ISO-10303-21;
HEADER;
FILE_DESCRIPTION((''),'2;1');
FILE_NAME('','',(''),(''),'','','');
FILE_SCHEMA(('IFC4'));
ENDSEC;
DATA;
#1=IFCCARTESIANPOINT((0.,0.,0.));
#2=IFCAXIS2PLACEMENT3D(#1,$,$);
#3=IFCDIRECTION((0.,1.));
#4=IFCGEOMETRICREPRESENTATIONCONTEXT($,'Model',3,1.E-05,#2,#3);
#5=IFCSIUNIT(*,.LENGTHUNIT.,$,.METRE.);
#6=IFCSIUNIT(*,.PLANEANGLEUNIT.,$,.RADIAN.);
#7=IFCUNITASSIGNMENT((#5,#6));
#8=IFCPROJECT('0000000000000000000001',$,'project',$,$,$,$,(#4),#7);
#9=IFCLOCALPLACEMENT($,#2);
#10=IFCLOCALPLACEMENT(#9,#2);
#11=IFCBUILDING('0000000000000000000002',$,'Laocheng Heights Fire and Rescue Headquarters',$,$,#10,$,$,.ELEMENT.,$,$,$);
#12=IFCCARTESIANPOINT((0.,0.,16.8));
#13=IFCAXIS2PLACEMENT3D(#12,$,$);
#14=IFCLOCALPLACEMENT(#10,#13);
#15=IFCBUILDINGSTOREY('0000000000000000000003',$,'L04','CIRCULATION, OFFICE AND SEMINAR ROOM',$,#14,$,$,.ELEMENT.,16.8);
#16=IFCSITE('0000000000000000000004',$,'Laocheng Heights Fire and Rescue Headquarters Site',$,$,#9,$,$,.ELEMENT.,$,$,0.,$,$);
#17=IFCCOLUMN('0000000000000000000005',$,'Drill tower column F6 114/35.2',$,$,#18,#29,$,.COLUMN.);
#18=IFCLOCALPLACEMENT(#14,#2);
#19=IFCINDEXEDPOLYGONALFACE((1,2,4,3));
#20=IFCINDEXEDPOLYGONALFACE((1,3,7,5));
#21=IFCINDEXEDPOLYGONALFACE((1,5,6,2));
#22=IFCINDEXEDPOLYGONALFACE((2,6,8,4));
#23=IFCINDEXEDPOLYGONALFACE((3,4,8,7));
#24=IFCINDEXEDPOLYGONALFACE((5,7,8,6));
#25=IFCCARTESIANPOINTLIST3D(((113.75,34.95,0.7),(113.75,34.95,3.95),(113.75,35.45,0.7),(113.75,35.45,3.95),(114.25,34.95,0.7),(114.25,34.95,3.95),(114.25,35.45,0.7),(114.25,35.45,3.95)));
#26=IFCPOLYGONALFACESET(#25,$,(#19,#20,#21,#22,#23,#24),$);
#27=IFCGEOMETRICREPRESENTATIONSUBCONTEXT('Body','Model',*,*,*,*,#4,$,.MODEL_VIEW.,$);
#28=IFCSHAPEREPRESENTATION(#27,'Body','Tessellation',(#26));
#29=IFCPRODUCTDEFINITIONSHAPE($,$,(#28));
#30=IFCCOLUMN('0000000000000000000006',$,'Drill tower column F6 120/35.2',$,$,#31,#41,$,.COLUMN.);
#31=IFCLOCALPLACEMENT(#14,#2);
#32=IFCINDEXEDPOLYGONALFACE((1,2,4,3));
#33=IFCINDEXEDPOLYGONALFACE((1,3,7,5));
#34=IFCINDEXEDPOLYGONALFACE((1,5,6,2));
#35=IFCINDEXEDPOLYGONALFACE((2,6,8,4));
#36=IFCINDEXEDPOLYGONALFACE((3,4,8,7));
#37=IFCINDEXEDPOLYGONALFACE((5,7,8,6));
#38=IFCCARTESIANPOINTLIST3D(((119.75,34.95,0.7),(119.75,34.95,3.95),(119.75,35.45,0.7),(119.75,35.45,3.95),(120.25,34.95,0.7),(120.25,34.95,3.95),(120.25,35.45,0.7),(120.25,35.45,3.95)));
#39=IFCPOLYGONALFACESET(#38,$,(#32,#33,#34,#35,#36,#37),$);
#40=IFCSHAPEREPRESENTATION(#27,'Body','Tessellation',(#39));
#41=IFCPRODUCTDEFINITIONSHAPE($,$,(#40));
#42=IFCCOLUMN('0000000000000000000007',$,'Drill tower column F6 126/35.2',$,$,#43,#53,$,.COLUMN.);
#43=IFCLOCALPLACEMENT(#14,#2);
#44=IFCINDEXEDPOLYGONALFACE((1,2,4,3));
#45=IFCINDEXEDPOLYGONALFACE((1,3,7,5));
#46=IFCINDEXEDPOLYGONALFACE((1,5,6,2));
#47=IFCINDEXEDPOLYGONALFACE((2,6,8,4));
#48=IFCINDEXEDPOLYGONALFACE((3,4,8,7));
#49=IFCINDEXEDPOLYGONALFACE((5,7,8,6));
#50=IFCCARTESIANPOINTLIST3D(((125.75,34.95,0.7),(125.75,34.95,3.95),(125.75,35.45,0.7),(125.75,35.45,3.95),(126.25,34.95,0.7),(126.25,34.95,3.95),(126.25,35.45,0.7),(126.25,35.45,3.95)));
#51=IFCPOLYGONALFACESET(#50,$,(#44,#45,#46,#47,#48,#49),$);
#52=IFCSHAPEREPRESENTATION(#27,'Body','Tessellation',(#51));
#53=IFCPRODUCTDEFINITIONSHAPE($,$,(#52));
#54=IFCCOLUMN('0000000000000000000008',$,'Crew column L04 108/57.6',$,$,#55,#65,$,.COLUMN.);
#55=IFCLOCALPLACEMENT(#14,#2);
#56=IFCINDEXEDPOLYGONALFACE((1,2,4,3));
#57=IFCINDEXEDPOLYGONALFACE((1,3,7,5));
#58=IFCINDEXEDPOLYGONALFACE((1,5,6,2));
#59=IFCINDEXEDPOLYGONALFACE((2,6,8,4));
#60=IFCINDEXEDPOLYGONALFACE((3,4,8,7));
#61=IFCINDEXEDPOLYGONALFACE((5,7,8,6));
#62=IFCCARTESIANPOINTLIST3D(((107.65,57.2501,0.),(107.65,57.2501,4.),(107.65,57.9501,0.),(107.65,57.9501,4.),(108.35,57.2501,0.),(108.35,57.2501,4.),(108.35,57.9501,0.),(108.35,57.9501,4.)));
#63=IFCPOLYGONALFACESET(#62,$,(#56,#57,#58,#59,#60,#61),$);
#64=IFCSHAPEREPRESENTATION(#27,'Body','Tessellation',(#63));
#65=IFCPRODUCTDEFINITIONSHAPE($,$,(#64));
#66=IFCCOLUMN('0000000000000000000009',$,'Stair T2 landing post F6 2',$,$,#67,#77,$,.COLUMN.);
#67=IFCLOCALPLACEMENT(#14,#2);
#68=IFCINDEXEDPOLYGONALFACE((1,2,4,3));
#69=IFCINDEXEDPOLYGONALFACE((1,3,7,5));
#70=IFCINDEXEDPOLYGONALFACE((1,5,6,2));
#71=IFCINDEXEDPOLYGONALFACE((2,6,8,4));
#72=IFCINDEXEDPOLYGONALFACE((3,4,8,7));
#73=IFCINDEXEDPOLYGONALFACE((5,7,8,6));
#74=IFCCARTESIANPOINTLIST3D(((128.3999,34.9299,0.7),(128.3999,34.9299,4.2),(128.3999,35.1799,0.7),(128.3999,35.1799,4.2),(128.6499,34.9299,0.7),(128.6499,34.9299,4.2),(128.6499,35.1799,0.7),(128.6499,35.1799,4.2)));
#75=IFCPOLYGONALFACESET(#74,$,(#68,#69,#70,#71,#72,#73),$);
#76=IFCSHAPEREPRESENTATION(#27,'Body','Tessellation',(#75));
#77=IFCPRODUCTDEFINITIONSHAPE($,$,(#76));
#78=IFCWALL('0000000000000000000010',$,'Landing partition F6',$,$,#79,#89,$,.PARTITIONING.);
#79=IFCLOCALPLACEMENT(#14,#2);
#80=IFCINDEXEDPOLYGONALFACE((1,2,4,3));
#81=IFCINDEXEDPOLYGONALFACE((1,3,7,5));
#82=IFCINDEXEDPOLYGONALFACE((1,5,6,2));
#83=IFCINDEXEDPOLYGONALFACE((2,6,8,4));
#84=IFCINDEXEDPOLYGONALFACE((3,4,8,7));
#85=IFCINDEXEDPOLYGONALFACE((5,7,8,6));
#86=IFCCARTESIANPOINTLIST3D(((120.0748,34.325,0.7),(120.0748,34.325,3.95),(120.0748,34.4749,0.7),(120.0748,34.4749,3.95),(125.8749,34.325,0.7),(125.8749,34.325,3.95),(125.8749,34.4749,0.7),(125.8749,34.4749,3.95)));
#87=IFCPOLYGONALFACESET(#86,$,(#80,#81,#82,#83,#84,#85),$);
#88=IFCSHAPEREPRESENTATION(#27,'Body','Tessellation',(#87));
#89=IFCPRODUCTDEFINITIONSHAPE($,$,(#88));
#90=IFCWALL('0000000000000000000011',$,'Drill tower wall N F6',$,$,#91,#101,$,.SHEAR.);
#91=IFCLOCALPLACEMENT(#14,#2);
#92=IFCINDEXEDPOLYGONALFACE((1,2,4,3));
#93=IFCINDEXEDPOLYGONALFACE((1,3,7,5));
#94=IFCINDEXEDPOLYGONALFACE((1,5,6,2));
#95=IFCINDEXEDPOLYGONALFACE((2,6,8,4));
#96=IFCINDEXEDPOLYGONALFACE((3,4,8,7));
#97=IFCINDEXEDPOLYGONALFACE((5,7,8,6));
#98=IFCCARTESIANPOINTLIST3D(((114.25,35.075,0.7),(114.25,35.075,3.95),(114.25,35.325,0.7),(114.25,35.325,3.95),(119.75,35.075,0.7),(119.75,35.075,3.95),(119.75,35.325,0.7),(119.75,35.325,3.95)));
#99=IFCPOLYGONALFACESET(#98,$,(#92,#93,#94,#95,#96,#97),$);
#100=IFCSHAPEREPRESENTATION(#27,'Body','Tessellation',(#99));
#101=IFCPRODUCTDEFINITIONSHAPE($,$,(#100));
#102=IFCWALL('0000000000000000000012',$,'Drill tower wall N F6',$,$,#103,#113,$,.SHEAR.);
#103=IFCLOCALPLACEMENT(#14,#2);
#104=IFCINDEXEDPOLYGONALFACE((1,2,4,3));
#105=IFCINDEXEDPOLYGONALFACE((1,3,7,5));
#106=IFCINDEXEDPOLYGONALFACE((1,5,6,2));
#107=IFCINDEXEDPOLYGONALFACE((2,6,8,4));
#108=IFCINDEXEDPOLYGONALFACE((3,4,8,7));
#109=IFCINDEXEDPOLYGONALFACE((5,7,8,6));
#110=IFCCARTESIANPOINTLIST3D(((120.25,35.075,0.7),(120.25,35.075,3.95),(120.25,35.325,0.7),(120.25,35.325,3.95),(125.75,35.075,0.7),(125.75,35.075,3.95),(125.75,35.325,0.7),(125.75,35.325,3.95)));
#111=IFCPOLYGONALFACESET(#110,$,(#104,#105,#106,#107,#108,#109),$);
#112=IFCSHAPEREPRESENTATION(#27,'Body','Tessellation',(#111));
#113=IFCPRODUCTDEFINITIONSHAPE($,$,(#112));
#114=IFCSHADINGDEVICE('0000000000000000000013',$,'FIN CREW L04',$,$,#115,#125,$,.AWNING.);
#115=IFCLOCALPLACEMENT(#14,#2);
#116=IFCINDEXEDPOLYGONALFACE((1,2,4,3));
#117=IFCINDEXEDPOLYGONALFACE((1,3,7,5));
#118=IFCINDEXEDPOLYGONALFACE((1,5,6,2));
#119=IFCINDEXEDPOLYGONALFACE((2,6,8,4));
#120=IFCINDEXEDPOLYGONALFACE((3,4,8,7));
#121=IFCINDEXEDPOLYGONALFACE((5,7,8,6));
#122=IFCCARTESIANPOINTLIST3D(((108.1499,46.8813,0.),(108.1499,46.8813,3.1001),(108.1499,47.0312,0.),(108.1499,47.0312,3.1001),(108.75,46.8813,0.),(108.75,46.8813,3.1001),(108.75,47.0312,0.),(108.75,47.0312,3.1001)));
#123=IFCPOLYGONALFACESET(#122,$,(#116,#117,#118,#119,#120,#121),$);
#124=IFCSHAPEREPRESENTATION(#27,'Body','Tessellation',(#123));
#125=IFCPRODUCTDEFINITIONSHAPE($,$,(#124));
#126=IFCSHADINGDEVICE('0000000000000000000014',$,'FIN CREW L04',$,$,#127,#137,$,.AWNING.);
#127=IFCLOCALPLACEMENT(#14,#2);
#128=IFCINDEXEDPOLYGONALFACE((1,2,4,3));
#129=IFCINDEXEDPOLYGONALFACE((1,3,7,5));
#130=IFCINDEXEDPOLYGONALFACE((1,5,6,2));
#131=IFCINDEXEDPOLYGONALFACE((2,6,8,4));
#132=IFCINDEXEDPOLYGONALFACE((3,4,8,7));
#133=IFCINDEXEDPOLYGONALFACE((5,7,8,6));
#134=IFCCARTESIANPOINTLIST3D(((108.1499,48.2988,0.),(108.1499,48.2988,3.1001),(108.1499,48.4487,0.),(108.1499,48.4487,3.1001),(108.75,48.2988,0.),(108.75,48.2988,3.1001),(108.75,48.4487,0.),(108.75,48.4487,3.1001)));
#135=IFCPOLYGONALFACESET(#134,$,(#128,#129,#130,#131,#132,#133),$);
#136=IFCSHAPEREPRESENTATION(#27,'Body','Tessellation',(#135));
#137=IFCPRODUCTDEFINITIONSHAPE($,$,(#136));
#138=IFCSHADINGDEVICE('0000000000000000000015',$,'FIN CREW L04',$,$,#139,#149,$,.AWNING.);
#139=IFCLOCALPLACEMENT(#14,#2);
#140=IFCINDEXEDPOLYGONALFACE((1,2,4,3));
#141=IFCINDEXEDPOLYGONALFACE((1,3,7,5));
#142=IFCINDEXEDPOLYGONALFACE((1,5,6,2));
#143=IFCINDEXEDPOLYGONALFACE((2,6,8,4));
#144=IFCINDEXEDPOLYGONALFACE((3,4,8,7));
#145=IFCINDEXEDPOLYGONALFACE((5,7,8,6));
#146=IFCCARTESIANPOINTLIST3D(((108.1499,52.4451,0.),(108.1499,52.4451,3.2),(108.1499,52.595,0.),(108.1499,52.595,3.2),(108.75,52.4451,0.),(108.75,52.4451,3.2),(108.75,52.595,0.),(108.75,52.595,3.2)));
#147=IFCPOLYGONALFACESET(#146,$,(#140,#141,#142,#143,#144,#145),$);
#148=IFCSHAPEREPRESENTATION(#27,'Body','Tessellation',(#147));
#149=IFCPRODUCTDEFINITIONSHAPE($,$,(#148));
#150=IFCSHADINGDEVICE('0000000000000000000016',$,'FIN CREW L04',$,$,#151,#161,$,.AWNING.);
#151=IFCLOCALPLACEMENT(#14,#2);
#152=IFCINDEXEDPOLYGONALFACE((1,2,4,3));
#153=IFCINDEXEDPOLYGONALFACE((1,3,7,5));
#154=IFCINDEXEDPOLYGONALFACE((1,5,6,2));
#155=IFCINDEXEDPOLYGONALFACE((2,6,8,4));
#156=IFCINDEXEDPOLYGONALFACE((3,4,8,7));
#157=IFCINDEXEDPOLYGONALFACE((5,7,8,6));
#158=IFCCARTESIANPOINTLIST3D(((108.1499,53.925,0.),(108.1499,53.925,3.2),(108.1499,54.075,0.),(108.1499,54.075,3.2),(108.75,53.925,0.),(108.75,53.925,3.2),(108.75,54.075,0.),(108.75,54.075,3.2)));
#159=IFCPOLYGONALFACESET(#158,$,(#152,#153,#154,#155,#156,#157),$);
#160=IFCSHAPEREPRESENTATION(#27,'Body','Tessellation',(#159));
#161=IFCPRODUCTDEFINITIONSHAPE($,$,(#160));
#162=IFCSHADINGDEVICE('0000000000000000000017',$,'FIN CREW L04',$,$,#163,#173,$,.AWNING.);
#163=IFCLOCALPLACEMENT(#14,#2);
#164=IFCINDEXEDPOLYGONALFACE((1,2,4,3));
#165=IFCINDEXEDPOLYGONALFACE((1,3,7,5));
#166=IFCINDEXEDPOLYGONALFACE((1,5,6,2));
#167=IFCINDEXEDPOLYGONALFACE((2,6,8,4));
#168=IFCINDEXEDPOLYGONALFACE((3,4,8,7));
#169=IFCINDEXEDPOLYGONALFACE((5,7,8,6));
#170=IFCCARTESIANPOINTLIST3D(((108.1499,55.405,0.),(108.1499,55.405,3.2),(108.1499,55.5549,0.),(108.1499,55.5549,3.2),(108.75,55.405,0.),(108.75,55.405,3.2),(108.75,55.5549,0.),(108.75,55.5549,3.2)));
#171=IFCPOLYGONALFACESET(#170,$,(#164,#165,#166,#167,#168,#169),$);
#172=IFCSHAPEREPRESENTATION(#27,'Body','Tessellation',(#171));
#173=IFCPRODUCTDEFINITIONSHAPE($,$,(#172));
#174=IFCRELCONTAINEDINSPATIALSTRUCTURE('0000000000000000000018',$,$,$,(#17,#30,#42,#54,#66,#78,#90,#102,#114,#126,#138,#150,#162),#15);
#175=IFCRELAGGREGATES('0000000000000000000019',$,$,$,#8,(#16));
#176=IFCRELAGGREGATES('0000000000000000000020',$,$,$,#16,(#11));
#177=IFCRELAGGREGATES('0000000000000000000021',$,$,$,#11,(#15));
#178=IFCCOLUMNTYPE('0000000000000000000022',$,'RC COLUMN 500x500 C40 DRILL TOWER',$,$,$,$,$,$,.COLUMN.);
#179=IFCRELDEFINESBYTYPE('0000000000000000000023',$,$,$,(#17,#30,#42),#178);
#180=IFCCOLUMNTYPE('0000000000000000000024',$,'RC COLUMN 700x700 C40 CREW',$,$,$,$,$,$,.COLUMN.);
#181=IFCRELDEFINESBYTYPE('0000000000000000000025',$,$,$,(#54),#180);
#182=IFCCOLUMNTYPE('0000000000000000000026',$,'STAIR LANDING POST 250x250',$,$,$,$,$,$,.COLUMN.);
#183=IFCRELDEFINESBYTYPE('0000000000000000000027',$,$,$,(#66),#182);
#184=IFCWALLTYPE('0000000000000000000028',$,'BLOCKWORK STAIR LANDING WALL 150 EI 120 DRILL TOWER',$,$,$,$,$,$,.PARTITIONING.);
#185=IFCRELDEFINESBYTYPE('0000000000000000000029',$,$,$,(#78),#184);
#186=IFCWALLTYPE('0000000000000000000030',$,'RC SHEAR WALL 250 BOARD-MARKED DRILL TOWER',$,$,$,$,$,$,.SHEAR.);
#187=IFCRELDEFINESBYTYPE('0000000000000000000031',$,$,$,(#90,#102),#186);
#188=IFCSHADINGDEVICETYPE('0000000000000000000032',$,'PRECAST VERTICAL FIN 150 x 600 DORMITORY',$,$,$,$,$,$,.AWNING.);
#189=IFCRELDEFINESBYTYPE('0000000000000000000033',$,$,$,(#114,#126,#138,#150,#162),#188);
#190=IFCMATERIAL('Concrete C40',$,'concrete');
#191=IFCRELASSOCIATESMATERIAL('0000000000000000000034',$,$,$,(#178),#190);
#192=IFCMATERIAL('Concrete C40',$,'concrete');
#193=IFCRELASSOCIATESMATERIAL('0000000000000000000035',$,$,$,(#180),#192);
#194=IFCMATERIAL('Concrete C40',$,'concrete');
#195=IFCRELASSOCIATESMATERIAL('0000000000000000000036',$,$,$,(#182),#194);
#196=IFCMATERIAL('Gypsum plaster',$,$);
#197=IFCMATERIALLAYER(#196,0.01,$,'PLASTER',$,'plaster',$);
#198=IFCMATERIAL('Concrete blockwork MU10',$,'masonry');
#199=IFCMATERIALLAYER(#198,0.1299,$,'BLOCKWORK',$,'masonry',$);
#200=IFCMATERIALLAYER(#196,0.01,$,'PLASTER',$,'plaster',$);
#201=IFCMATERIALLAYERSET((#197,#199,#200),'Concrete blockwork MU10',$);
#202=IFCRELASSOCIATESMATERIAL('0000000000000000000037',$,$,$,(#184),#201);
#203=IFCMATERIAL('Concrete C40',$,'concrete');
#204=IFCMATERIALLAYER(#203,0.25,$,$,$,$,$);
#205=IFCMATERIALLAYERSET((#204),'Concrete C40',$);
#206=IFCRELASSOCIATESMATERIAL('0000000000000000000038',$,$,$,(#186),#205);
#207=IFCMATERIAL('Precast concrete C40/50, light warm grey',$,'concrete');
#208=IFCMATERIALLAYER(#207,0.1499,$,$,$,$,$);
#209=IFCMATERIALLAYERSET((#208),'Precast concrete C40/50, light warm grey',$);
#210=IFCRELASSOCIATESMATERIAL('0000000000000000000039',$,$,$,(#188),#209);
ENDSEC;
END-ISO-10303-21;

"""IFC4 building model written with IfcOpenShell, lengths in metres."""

from ifc_helpers import new_model, si_unit, direction, frame, frame_2d, origin, origin_2d, place, context, subcontext, project, spatial, rectangle, extrude, material, layer, layer_set, material_profile, profile_set, type_object, element, save


model = new_model("IFC4")

# Units and contexts
model_context = context("Model", 3, precision=1e-05, world=origin(), true_north=direction((0.0, 1.0)))
body_context = subcontext(model_context, "Body", "Model", "MODEL_VIEW")
ifc_project = project(units=[si_unit("LENGTHUNIT", "METRE"), si_unit("PLANEANGLEUNIT", "RADIAN")], contexts=[model_context])

# Site, building, storey
site_placement = place(None, origin())
site = spatial("IfcSite", under=ifc_project, at=site_placement, Name="Laocheng Heights Fire and Rescue Headquarters Site", CompositionType="ELEMENT", RefElevation=0.0)
building_placement = place(site_placement, origin())
building = spatial("IfcBuilding", under=site, at=building_placement, Name="Laocheng Heights Fire and Rescue Headquarters", CompositionType="ELEMENT")
storey_placement = place(building_placement, frame((0.0, 0.0, 16.8)))
storey = spatial("IfcBuildingStorey", under=building, at=storey_placement, Name="L04", Description="CIRCULATION, OFFICE AND SEMINAR ROOM", CompositionType="ELEMENT", Elevation=16.8)

# Columns
ifc_material_1 = material(Name="Concrete C40", Category="concrete")
ifc_material_profile_1 = material_profile(ifc_material_1, rectangle(XDim=0.5, YDim=0.5, at=origin_2d()), Name="RC COLUMN 500x500 C40 DRILL TOWER")
ifc_profile_set_1 = profile_set([ifc_material_profile_1], Name="Concrete C40")
column_type_1 = type_object("IfcColumnType", Name="RC COLUMN 500x500 C40 DRILL TOWER", PredefinedType="COLUMN", material=ifc_profile_set_1)
for number, where, z_axis, x_axis, name in (
    (1, (114.0, 35.2, 0.7), (0.0, 0.0, 1.0), (1.0, 0.0, 0.0), "Drill tower column F6 114/35.2"),
    (2, (120.0, 35.2, 0.7), (0.0, 0.0, 1.0), (1.0, 0.0, 0.0), "Drill tower column F6 120/35.2"),
    (3, (126.0, 35.2, 0.7), (0.0, 0.0, 1.0), (1.0, 0.0, 0.0), "Drill tower column F6 126/35.2"),
):
    element("IfcColumn", number, at=place(storey_placement, frame(where, z_axis=z_axis, x_axis=x_axis)), inside=storey, type_object=column_type_1, Name=name, PredefinedType="COLUMN", context=body_context, shape_type="SweptSolid", body=[
        extrude(rectangle(XDim=0.5, YDim=0.5, at=origin_2d()), origin(), (0.0, 0.0, 1.0), 3.25),
    ])
ifc_material_2 = material(Name="Concrete C40", Category="concrete")
ifc_material_profile_2 = material_profile(ifc_material_2, rectangle(XDim=0.7, YDim=0.7, at=origin_2d()), Name="RC COLUMN 700x700 C40 CREW")
ifc_profile_set_2 = profile_set([ifc_material_profile_2], Name="Concrete C40")
column_type_2 = type_object("IfcColumnType", Name="RC COLUMN 700x700 C40 CREW", PredefinedType="COLUMN", material=ifc_profile_set_2)
column_1_placement = place(storey_placement, frame((108.0, 57.6001, 0.0), z_axis=(0.0, 0.0, 1.0), x_axis=(1.0, 0.0, 0.0)))
element("IfcColumn", 4, at=column_1_placement, inside=storey, type_object=column_type_2, Name="Crew column L04 108/57.6", PredefinedType="COLUMN", context=body_context, shape_type="SweptSolid", body=[
    extrude(rectangle(XDim=0.7, YDim=0.7, at=origin_2d()), origin(), (0.0, 0.0, 1.0), 4.0),
])
ifc_material_3 = material(Name="Concrete C40", Category="concrete")
ifc_material_profile_3 = material_profile(ifc_material_3, rectangle(XDim=0.25, YDim=0.25, at=origin_2d()), Name="STAIR LANDING POST 250x250")
ifc_profile_set_3 = profile_set([ifc_material_profile_3], Name="Concrete C40")
column_type_3 = type_object("IfcColumnType", Name="STAIR LANDING POST 250x250", PredefinedType="COLUMN", material=ifc_profile_set_3)
column_2_placement = place(storey_placement, frame((128.5249, 35.0549, 0.7), z_axis=(0.0, 0.0, 1.0), x_axis=(1.0, 0.0, 0.0)))
element("IfcColumn", 5, at=column_2_placement, inside=storey, type_object=column_type_3, Name="Stair T2 landing post F6 2", PredefinedType="COLUMN", context=body_context, shape_type="SweptSolid", body=[
    extrude(rectangle(XDim=0.25, YDim=0.25, at=origin_2d()), origin(), (0.0, 0.0, 1.0), 3.5),
])

# Walls
ifc_material_4 = material(Name="Gypsum plaster")
ifc_layer_1 = layer(ifc_material_4, 0.01, Name="PLASTER", Category="plaster")
ifc_material_5 = material(Name="Concrete blockwork MU10", Category="masonry")
ifc_layer_2 = layer(ifc_material_5, 0.1299, Name="BLOCKWORK", Category="masonry")
ifc_layer_3 = layer(ifc_material_4, 0.01, Name="PLASTER", Category="plaster")
ifc_layer_set_1 = layer_set([ifc_layer_1, ifc_layer_2, ifc_layer_3], Name="Concrete blockwork MU10")
wall_type_1 = type_object("IfcWallType", Name="BLOCKWORK STAIR LANDING WALL 150 EI 120 DRILL TOWER", PredefinedType="PARTITIONING", material=ifc_layer_set_1)
wall_placement = place(storey_placement, frame((120.075, 34.3999, 0.7), z_axis=(0.0, 0.0, 1.0), x_axis=(1.0, 0.0, 0.0)))
element("IfcWall", 6, at=wall_placement, inside=storey, type_object=wall_type_1, Name="Landing partition F6", PredefinedType="PARTITIONING", context=body_context, shape_type="SweptSolid", body=[
    extrude(rectangle(XDim=5.8, YDim=0.1499, at=frame_2d((2.8999, 0.0))), origin(), (0.0, 0.0, 1.0), 3.25),
])
ifc_material_6 = material(Name="Concrete C40", Category="concrete")
ifc_layer_4 = layer(ifc_material_6, 0.25)
ifc_layer_set_2 = layer_set([ifc_layer_4], Name="Concrete C40")
wall_type_2 = type_object("IfcWallType", Name="RC SHEAR WALL 250 BOARD-MARKED DRILL TOWER", PredefinedType="SHEAR", material=ifc_layer_set_2)
for number, where, z_axis, x_axis, name in (
    (7, (114.25, 35.2, 0.7), (0.0, 0.0, 1.0), (1.0, 0.0, 0.0), "Drill tower wall N F6"),
    (8, (120.25, 35.2, 0.7), (0.0, 0.0, 1.0), (1.0, 0.0, 0.0), "Drill tower wall N F6"),
):
    element("IfcWall", number, at=place(storey_placement, frame(where, z_axis=z_axis, x_axis=x_axis)), inside=storey, type_object=wall_type_2, Name=name, PredefinedType="SHEAR", context=body_context, shape_type="SweptSolid", body=[
        extrude(rectangle(XDim=5.5, YDim=0.25, at=frame_2d((2.75, 0.0))), origin(), (0.0, 0.0, 1.0), 3.25),
    ])

# Shading devices
ifc_material_7 = material(Name="Precast concrete C40/50, light warm grey", Category="concrete")
ifc_layer_5 = layer(ifc_material_7, 0.1499)
ifc_layer_set_3 = layer_set([ifc_layer_5], Name="Precast concrete C40/50, light warm grey")
shading_device_type = type_object("IfcShadingDeviceType", Name="PRECAST VERTICAL FIN 150 x 600 DORMITORY", PredefinedType="AWNING", material=ifc_layer_set_3)
for number, where, z_axis, x_axis, name in (
    (9, (108.45, 46.9563, 0.0), (0.0, 0.0, 1.0), (1.0, 0.0, 0.0), "FIN CREW L04"),
    (10, (108.45, 48.3738, 0.0), (0.0, 0.0, 1.0), (1.0, 0.0, 0.0), "FIN CREW L04"),
):
    element("IfcShadingDevice", number, at=place(storey_placement, frame(where, z_axis=z_axis, x_axis=x_axis)), inside=storey, type_object=shading_device_type, Name=name, PredefinedType="AWNING", context=body_context, shape_type="SweptSolid", body=[
        extrude(rectangle(XDim=0.6001, YDim=0.1499, at=origin_2d()), origin(), (0.0, 0.0, 1.0), 3.1001),
    ])
for number, where, z_axis, x_axis, name in (
    (11, (108.45, 52.52, 0.0), (0.0, 0.0, 1.0), (1.0, 0.0, 0.0), "FIN CREW L04"),
    (12, (108.45, 54.0, 0.0), (0.0, 0.0, 1.0), (1.0, 0.0, 0.0), "FIN CREW L04"),
    (13, (108.45, 55.48, 0.0), (0.0, 0.0, 1.0), (1.0, 0.0, 0.0), "FIN CREW L04"),
):
    element("IfcShadingDevice", number, at=place(storey_placement, frame(where, z_axis=z_axis, x_axis=x_axis)), inside=storey, type_object=shading_device_type, Name=name, PredefinedType="AWNING", context=body_context, shape_type="SweptSolid", body=[
        extrude(rectangle(XDim=0.6001, YDim=0.1499, at=origin_2d()), origin(), (0.0, 0.0, 1.0), 3.2),
    ])

save(model, "model.ifc")
